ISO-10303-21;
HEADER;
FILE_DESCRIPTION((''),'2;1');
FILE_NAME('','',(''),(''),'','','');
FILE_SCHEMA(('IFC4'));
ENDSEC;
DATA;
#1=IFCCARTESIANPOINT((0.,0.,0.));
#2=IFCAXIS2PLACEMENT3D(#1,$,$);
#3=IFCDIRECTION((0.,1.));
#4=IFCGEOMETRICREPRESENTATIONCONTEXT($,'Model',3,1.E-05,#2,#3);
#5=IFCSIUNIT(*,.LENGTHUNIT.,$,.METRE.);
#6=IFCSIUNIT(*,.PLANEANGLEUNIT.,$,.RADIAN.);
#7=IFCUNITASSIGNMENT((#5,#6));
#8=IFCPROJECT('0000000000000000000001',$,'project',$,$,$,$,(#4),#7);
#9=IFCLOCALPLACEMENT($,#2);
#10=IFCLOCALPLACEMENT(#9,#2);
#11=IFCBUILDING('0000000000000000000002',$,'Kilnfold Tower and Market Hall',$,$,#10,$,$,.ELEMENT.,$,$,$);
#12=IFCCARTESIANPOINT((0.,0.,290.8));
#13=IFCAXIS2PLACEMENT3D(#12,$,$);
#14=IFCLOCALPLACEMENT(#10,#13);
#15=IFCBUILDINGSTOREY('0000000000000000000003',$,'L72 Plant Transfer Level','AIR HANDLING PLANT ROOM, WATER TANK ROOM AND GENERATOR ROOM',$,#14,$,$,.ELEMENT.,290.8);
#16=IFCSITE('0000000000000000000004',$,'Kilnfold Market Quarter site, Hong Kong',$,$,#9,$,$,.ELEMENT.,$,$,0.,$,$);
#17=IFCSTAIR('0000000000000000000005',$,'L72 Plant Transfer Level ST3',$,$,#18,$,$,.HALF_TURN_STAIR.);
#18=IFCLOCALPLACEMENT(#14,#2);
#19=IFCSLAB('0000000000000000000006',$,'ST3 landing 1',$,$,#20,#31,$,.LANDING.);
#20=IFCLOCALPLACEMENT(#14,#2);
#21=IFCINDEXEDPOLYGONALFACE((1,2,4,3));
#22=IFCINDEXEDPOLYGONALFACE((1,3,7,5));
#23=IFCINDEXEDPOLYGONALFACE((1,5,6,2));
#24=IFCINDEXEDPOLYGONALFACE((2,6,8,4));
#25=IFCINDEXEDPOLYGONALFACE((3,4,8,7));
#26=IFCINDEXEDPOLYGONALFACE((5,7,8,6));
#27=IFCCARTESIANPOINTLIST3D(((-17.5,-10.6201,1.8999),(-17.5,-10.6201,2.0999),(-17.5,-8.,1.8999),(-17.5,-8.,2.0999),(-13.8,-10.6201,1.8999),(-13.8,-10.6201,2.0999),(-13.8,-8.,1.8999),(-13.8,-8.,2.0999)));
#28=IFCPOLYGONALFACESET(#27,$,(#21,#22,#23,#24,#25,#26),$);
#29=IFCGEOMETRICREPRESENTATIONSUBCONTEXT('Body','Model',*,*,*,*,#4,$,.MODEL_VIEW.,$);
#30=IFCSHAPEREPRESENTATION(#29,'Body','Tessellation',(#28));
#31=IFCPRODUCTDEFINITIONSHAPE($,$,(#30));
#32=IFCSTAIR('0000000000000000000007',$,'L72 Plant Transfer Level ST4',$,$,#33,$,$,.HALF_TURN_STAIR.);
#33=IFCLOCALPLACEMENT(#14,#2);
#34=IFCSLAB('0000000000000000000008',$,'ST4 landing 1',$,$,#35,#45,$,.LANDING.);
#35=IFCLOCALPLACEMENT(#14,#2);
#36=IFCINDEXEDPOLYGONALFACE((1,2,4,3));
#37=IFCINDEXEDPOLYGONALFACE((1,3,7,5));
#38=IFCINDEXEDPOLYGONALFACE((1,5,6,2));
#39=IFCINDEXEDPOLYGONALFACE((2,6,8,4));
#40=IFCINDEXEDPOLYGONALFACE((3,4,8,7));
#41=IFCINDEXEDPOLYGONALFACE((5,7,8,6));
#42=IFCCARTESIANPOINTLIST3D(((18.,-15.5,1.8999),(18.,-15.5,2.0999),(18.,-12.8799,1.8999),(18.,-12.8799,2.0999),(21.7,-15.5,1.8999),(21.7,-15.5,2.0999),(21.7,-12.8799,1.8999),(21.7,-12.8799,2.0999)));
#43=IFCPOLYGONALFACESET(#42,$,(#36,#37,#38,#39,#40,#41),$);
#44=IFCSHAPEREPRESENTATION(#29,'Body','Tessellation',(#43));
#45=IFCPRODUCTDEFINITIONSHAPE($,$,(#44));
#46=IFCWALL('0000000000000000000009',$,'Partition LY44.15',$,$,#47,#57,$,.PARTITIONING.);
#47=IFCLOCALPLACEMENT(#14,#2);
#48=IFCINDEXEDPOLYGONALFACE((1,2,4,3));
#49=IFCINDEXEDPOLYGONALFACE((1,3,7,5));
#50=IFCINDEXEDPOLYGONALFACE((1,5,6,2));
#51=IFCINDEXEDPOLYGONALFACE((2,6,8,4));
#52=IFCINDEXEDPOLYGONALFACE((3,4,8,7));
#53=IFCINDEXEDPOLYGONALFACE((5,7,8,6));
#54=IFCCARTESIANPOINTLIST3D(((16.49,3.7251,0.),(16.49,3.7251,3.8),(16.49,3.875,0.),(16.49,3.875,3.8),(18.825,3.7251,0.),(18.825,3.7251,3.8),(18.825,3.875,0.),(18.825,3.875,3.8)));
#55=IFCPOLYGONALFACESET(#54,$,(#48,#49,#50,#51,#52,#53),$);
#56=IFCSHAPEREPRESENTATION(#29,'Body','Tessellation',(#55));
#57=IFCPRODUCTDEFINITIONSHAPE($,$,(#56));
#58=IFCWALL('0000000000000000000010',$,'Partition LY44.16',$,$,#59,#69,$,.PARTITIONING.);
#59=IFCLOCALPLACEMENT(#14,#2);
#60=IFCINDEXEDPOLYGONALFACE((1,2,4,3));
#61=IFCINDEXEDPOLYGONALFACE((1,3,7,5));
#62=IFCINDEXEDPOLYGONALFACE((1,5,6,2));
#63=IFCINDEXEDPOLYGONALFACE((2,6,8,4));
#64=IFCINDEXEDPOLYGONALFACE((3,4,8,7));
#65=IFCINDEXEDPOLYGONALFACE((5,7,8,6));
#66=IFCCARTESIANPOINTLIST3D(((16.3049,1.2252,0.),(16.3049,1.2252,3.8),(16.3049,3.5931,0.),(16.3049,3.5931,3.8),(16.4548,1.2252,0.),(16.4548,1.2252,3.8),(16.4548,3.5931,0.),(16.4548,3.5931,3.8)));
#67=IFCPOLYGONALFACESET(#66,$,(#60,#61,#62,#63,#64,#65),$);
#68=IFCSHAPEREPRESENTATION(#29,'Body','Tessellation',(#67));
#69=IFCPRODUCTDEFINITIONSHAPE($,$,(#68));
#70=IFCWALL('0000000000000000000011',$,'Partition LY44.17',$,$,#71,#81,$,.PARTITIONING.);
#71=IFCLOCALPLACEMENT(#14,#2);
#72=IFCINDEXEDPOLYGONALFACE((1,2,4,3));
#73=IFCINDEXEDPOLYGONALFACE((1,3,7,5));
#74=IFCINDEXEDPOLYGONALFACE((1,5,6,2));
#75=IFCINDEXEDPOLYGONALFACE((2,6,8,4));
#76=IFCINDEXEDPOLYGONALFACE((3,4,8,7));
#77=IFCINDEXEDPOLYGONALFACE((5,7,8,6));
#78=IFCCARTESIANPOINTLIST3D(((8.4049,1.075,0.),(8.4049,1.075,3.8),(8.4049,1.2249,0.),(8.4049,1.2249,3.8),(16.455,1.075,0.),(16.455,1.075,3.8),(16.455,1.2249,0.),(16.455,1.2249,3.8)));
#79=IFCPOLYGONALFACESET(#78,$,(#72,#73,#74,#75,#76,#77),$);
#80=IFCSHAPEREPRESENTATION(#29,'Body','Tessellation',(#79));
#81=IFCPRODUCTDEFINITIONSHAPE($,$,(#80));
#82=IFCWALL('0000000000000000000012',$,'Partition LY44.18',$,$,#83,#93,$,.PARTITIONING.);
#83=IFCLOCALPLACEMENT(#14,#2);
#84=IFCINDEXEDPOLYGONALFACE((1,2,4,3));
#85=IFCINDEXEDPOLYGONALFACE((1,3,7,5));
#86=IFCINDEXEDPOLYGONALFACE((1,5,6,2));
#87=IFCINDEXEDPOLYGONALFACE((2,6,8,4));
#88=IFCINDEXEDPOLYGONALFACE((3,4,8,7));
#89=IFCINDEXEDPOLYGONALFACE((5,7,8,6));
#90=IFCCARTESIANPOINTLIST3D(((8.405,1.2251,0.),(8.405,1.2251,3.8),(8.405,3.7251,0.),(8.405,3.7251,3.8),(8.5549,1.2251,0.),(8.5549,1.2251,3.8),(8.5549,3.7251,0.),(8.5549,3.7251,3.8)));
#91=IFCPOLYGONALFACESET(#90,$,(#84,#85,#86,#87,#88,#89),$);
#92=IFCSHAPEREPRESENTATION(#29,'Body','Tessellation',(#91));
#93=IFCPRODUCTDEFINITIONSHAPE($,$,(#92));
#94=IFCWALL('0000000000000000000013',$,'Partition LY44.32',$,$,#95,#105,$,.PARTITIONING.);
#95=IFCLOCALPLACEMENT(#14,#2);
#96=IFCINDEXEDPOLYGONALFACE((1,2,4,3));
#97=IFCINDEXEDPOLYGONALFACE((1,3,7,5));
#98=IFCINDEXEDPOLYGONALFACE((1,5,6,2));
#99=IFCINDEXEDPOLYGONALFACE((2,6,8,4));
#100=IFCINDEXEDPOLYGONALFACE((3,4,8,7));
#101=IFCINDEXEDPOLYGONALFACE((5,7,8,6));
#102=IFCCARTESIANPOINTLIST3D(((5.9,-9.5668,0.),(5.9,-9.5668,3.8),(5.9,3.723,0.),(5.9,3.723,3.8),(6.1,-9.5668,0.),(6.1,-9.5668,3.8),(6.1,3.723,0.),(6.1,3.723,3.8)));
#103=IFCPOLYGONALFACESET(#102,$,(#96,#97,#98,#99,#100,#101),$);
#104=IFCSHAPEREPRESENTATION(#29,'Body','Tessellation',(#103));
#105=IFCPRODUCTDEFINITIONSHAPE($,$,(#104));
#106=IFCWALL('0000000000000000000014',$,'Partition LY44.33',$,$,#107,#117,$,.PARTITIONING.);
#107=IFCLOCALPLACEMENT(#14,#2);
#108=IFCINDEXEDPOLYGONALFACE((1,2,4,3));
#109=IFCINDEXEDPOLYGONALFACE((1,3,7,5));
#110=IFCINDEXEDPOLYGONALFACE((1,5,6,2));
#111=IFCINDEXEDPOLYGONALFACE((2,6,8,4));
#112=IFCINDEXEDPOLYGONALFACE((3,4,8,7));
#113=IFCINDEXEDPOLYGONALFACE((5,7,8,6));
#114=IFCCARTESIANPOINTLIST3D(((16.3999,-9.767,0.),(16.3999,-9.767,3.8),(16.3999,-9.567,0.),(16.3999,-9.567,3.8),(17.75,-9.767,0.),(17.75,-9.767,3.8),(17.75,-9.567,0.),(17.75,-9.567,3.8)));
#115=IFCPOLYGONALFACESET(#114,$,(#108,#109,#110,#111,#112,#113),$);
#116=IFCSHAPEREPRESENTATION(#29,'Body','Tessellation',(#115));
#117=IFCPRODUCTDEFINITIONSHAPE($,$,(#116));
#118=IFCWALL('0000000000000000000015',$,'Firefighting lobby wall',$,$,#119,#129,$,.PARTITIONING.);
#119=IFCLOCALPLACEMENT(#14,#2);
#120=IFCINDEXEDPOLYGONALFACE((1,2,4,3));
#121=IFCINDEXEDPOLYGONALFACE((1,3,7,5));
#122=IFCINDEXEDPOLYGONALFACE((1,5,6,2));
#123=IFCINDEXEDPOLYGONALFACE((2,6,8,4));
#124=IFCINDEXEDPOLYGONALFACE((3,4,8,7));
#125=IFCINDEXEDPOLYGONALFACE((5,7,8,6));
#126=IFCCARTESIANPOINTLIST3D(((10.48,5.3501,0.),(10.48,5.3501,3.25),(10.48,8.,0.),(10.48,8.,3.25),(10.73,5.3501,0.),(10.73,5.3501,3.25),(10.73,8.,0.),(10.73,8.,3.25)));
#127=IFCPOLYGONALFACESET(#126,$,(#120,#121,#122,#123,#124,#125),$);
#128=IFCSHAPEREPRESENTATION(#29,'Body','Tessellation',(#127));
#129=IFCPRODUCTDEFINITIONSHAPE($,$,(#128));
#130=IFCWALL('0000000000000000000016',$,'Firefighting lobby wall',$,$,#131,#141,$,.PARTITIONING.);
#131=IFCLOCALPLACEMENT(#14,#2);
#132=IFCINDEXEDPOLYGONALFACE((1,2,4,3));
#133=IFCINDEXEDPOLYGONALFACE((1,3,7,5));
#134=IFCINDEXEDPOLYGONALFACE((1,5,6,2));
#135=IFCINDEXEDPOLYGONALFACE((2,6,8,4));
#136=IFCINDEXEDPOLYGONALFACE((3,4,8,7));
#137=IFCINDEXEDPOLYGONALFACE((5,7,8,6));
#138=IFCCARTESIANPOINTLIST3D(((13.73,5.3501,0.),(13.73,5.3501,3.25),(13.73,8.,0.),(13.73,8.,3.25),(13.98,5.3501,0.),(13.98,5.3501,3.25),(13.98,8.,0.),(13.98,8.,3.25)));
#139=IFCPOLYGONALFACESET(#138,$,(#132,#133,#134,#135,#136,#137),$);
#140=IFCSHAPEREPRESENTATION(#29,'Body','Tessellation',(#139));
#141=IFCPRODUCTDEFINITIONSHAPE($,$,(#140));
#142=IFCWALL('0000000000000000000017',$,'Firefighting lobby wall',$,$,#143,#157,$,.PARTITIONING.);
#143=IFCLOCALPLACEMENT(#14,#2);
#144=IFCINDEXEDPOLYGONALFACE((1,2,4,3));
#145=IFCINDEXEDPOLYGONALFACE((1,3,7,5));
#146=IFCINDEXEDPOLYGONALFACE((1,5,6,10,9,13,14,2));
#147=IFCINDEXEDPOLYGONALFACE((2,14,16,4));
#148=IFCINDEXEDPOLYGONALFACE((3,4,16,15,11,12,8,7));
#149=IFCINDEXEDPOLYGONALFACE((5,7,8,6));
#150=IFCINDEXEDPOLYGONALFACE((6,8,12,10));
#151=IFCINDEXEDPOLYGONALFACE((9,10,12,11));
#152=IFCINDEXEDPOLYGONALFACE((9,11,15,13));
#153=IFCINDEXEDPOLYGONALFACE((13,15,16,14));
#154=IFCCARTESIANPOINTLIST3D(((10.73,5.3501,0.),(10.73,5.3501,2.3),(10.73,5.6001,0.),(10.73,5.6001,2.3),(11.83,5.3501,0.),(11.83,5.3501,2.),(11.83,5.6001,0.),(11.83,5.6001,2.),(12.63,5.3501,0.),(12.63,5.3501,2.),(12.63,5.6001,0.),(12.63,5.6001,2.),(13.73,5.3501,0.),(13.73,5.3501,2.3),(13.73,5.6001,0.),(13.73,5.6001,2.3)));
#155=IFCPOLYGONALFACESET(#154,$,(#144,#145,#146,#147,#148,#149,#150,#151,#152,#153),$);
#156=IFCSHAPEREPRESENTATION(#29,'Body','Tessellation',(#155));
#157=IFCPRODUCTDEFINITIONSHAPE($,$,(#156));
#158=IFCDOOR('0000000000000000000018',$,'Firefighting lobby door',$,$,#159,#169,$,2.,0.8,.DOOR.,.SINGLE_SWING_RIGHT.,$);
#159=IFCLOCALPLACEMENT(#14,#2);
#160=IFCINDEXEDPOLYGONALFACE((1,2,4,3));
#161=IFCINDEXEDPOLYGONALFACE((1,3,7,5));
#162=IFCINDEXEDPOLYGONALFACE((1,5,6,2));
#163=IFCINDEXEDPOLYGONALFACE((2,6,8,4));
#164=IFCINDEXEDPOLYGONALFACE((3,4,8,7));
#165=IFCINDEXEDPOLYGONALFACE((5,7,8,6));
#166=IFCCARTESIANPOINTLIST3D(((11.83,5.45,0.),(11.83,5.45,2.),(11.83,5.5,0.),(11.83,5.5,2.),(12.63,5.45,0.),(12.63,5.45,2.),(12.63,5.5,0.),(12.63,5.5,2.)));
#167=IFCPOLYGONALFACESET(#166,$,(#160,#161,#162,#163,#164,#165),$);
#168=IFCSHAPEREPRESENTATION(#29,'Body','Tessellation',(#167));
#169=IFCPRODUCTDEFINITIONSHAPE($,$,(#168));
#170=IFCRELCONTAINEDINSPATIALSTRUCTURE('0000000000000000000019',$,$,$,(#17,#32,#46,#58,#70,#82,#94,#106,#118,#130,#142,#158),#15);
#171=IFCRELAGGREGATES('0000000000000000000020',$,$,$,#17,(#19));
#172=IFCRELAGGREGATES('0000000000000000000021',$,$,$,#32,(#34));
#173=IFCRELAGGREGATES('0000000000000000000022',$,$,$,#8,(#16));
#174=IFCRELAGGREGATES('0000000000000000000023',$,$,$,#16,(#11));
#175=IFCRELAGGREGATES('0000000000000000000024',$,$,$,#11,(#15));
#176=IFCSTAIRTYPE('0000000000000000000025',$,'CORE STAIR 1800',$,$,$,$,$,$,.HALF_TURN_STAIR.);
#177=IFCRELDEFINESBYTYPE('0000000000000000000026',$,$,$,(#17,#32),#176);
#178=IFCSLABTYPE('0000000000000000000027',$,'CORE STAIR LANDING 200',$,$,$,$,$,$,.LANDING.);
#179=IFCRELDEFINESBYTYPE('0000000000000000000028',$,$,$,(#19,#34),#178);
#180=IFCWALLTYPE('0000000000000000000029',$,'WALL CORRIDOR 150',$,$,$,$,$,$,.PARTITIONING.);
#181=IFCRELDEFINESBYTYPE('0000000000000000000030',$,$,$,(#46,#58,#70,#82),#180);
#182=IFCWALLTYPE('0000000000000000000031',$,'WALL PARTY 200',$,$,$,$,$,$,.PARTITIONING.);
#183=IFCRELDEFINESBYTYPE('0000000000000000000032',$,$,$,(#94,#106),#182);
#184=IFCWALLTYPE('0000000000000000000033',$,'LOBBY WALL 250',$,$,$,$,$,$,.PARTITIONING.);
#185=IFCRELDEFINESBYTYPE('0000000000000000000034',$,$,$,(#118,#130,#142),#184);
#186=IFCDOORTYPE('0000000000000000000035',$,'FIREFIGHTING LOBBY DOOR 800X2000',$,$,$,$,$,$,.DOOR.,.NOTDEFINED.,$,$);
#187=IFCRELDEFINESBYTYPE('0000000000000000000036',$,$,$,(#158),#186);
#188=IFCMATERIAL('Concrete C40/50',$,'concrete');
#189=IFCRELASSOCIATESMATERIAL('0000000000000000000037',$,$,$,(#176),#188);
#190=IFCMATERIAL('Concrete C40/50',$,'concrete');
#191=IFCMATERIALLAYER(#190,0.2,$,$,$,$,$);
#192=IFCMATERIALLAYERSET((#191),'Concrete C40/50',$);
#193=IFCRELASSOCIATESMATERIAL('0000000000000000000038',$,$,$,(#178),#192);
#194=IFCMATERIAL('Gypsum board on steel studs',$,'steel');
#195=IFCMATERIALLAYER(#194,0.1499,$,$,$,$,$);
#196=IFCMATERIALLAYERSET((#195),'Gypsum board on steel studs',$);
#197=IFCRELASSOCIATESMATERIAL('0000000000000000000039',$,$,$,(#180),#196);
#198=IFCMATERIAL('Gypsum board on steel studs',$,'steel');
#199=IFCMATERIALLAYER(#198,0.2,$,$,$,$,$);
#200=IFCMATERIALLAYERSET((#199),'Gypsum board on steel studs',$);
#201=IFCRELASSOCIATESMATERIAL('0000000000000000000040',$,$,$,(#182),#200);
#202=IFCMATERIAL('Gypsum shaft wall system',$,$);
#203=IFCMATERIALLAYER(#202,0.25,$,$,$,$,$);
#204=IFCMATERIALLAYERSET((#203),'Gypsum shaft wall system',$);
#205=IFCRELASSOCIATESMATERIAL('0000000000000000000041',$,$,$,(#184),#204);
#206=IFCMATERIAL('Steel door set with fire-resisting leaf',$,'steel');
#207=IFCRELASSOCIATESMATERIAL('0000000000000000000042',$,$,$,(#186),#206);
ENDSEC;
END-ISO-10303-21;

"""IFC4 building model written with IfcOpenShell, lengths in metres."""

from ifc_helpers import new_model, si_unit, direction, frame, frame_2d, origin, place, context, subcontext, project, spatial, polyline, rectangle, outline, extrude, source, transform, mapped, material, layer, layer_set, type_object, element, fill, aggregate, save


model = new_model("IFC4")

# Units and contexts
model_context = context("Model", 3, precision=1e-05, world=origin(), true_north=direction((0.0, 1.0)))
body_context = subcontext(model_context, "Body", "Model", "MODEL_VIEW")
ifc_project = project(units=[si_unit("LENGTHUNIT", "METRE"), si_unit("PLANEANGLEUNIT", "RADIAN")], contexts=[model_context])

# Site, building, storey
site_placement = place(None, origin())
site = spatial("IfcSite", under=ifc_project, at=site_placement, Name="Kilnfold Market Quarter site, Hong Kong", CompositionType="ELEMENT", RefElevation=0.0)
building_placement = place(site_placement, origin())
building = spatial("IfcBuilding", under=site, at=building_placement, Name="Kilnfold Tower and Market Hall", CompositionType="ELEMENT")
storey_placement = place(building_placement, frame((0.0, 0.0, 290.8)))
storey = spatial("IfcBuildingStorey", under=building, at=storey_placement, Name="L72 Plant Transfer Level", Description="AIR HANDLING PLANT ROOM, WATER TANK ROOM AND GENERATOR ROOM", CompositionType="ELEMENT", Elevation=290.8)

# Stairs, slabs
ifc_material_1 = material(Name="Concrete C40/50", Category="concrete")
stair_type = type_object("IfcStairType", Name="CORE STAIR 1800", PredefinedType="HALF_TURN_STAIR", material=ifc_material_1)
ifc_material_2 = material(Name="Concrete C40/50", Category="concrete")
ifc_layer_1 = layer(ifc_material_2, 0.2)
ifc_layer_set_1 = layer_set([ifc_layer_1], Name="Concrete C40/50")
slab_type_1 = type_object("IfcSlabType", Name="CORE STAIR LANDING 200", PredefinedType="LANDING", material=ifc_layer_set_1)
stair_1_placement = place(storey_placement, origin())
stair_1 = element("IfcStair", 1, at=stair_1_placement, inside=storey, type_object=stair_type, Name="L72 Plant Transfer Level ST3", PredefinedType="HALF_TURN_STAIR")
shared_shape_1 = source(origin(), body_context, "Body", "SweptSolid", [
    extrude(outline(polyline([(-13.8, -10.6201), (-13.8, -8.0), (-17.5, -8.0), (-17.5, -10.6201), (-13.8, -10.6201)])), origin(), (0.0, 0.0, 1.0), 0.2),
])
slab_1_placement = place(storey_placement, frame((0.0, 0.0, 1.8999)))
slab_1 = element("IfcSlab", 2, at=slab_1_placement, type_object=slab_type_1, Name="ST3 landing 1", PredefinedType="LANDING", context=body_context, shape_type="MappedRepresentation", body=[
    mapped(shared_shape_1, transform((0.0, 0.0, 0.0))),
])
aggregate(stair_1, [slab_1])
stair_2_placement = place(storey_placement, origin())
stair_2 = element("IfcStair", 3, at=stair_2_placement, inside=storey, type_object=stair_type, Name="L72 Plant Transfer Level ST4", PredefinedType="HALF_TURN_STAIR")
shared_shape_2 = source(origin(), body_context, "Body", "SweptSolid", [
    extrude(outline(polyline([(18.0, -12.8799), (18.0, -15.5), (21.7, -15.5), (21.7, -12.8799), (18.0, -12.8799)])), origin(), (0.0, 0.0, 1.0), 0.2),
])
slab_2_placement = place(storey_placement, frame((0.0, 0.0, 1.8999)))
slab_2 = element("IfcSlab", 4, at=slab_2_placement, type_object=slab_type_1, Name="ST4 landing 1", PredefinedType="LANDING", context=body_context, shape_type="MappedRepresentation", body=[
    mapped(shared_shape_2, transform((0.0, 0.0, 0.0))),
])
aggregate(stair_2, [slab_2])

# Walls
ifc_material_3 = material(Name="Gypsum board on steel studs", Category="steel")
ifc_layer_2 = layer(ifc_material_3, 0.1499)
ifc_layer_set_2 = layer_set([ifc_layer_2], Name="Gypsum board on steel studs")
wall_type_1 = type_object("IfcWallType", Name="WALL CORRIDOR 150", PredefinedType="PARTITIONING", material=ifc_layer_set_2)
wall_1_placement = place(storey_placement, frame((16.49, 3.8, 0.0), z_axis=(0.0, 0.0, 1.0), x_axis=(1.0, 0.0, 0.0)))
element("IfcWall", 5, at=wall_1_placement, inside=storey, type_object=wall_type_1, Name="Partition LY44.15", PredefinedType="PARTITIONING", context=body_context, shape_type="SweptSolid", body=[
    extrude(rectangle(XDim=2.335, YDim=0.1499, at=frame_2d((1.1675, 0.0))), origin(), (0.0, 0.0, 1.0), 3.8),
])
wall_2_placement = place(storey_placement, frame((16.3799, 1.2251, 0.0), z_axis=(0.0, 0.0, 1.0), x_axis=(0.0, 1.0, 0.0)))
element("IfcWall", 6, at=wall_2_placement, inside=storey, type_object=wall_type_1, Name="Partition LY44.16", PredefinedType="PARTITIONING", context=body_context, shape_type="SweptSolid", body=[
    extrude(rectangle(XDim=2.3679, YDim=0.1499, at=frame_2d((1.1841, 0.0))), origin(), (0.0, 0.0, 1.0), 3.8),
])
wall_3_placement = place(storey_placement, frame((8.405, 1.1499, 0.0), z_axis=(0.0, 0.0, 1.0), x_axis=(1.0, 0.0, 0.0)))
element("IfcWall", 7, at=wall_3_placement, inside=storey, type_object=wall_type_1, Name="Partition LY44.17", PredefinedType="PARTITIONING", context=body_context, shape_type="SweptSolid", body=[
    extrude(rectangle(XDim=8.05, YDim=0.1499, at=frame_2d((4.0249, 0.0))), origin(), (0.0, 0.0, 1.0), 3.8),
])
wall_4_placement = place(storey_placement, frame((8.48, 3.7251, 0.0), z_axis=(0.0, 0.0, 1.0), x_axis=(0.0, -1.0, 0.0)))
element("IfcWall", 8, at=wall_4_placement, inside=storey, type_object=wall_type_1, Name="Partition LY44.18", PredefinedType="PARTITIONING", context=body_context, shape_type="SweptSolid", body=[
    extrude(rectangle(XDim=2.5, YDim=0.1499, at=frame_2d((1.25, 0.0))), origin(), (0.0, 0.0, 1.0), 3.8),
])
ifc_material_4 = material(Name="Gypsum board on steel studs", Category="steel")
ifc_layer_3 = layer(ifc_material_4, 0.2)
ifc_layer_set_3 = layer_set([ifc_layer_3], Name="Gypsum board on steel studs")
wall_type_2 = type_object("IfcWallType", Name="WALL PARTY 200", PredefinedType="PARTITIONING", material=ifc_layer_set_3)
wall_5_placement = place(storey_placement, frame((6.0, -9.5669, 0.0), z_axis=(0.0, 0.0, 1.0), x_axis=(0.0, 1.0, 0.0)))
element("IfcWall", 9, at=wall_5_placement, inside=storey, type_object=wall_type_2, Name="Partition LY44.32", PredefinedType="PARTITIONING", context=body_context, shape_type="SweptSolid", body=[
    extrude(rectangle(XDim=13.2898, YDim=0.2, at=frame_2d((6.645, 0.0))), origin(), (0.0, 0.0, 1.0), 3.8),
])
wall_6_placement = place(storey_placement, frame((16.3999, -9.667, 0.0), z_axis=(0.0, 0.0, 1.0), x_axis=(1.0, 0.0, 0.0)))
element("IfcWall", 10, at=wall_6_placement, inside=storey, type_object=wall_type_2, Name="Partition LY44.33", PredefinedType="PARTITIONING", context=body_context, shape_type="SweptSolid", body=[
    extrude(rectangle(XDim=1.3501, YDim=0.2, at=frame_2d((0.675, 0.0))), origin(), (0.0, 0.0, 1.0), 3.8),
])
ifc_material_5 = material(Name="Gypsum shaft wall system")
ifc_layer_4 = layer(ifc_material_5, 0.25)
ifc_layer_set_4 = layer_set([ifc_layer_4], Name="Gypsum shaft wall system")
wall_type_3 = type_object("IfcWallType", Name="LOBBY WALL 250", PredefinedType="PARTITIONING", material=ifc_layer_set_4)
shared_shape_3 = source(origin(), body_context, "Body", "SweptSolid", [
    extrude(rectangle(XDim=2.6499, YDim=0.25, at=frame_2d((1.325, 0.0))), origin(), (0.0, 0.0, 1.0), 3.25),
])
for number, where, z_axis, x_axis, name in (
    (11, (10.605, 5.3501, 0.0), (0.0, 0.0, 1.0), (0.0, 1.0, 0.0), "Firefighting lobby wall"),
    (12, (13.855, 5.3501, 0.0), (0.0, 0.0, 1.0), (0.0, 1.0, 0.0), "Firefighting lobby wall"),
):
    element("IfcWall", number, at=place(storey_placement, frame(where, z_axis=z_axis, x_axis=x_axis)), inside=storey, type_object=wall_type_3, Name=name, PredefinedType="PARTITIONING", context=body_context, shape_type="MappedRepresentation", body=[
        mapped(shared_shape_3, transform((0.0, 0.0, 0.0))),
    ])

# Wall, opening, door
shared_shape_4 = source(origin(), body_context, "Body", "SweptSolid", [
    extrude(rectangle(XDim=3.0, YDim=0.25, at=frame_2d((1.5, 0.0))), origin(), (0.0, 0.0, 1.0), 2.3),
])
wall_7_placement = place(storey_placement, frame((10.73, 5.4751, 0.0), z_axis=(0.0, 0.0, 1.0), x_axis=(1.0, 0.0, 0.0)))
wall_7 = element("IfcWall", 13, at=wall_7_placement, inside=storey, type_object=wall_type_3, Name="Firefighting lobby wall", PredefinedType="PARTITIONING", context=body_context, shape_type="MappedRepresentation", body=[
    mapped(shared_shape_4, transform((0.0, 0.0, 0.0))),
])
opening_placement = place(wall_7_placement, frame((1.1001, 0.0, 0.0)))
opening = element("IfcOpeningElement", 14, at=opening_placement, cuts=wall_7, PredefinedType="OPENING", context=body_context, shape_type="SweptSolid", body=[
    extrude(rectangle(XDim=0.8, YDim=2.0, at=frame_2d((0.3999, 1.0))), frame((0.0, 0.135, 0.0), z_axis=(0.0, -1.0, 0.0), x_axis=(1.0, 0.0, 0.0)), (0.0, 0.0, 1.0), 0.27),
])
ifc_material_6 = material(Name="Steel door set with fire-resisting leaf", Category="steel")
door_type = type_object("IfcDoorType", Name="FIREFIGHTING LOBBY DOOR 800X2000", OperationType="NOTDEFINED", PredefinedType="DOOR", material=ifc_material_6)
door_placement = place(opening_placement, origin())
door = element("IfcDoor", 15, at=door_placement, inside=storey, type_object=door_type, Name="Firefighting lobby door", OperationType="SINGLE_SWING_RIGHT", OverallHeight=2.0, OverallWidth=0.8, PredefinedType="DOOR", context=body_context, shape_type="SweptSolid", body=[
    extrude(rectangle(XDim=0.8, YDim=2.0, at=frame_2d((0.3999, 1.0))), frame((0.0, 0.0249, 0.0), z_axis=(0.0, -1.0, 0.0), x_axis=(1.0, 0.0, 0.0)), (0.0, 0.0, 1.0), 0.05),
])
fill(opening, door)

save(model, "model.ifc")
